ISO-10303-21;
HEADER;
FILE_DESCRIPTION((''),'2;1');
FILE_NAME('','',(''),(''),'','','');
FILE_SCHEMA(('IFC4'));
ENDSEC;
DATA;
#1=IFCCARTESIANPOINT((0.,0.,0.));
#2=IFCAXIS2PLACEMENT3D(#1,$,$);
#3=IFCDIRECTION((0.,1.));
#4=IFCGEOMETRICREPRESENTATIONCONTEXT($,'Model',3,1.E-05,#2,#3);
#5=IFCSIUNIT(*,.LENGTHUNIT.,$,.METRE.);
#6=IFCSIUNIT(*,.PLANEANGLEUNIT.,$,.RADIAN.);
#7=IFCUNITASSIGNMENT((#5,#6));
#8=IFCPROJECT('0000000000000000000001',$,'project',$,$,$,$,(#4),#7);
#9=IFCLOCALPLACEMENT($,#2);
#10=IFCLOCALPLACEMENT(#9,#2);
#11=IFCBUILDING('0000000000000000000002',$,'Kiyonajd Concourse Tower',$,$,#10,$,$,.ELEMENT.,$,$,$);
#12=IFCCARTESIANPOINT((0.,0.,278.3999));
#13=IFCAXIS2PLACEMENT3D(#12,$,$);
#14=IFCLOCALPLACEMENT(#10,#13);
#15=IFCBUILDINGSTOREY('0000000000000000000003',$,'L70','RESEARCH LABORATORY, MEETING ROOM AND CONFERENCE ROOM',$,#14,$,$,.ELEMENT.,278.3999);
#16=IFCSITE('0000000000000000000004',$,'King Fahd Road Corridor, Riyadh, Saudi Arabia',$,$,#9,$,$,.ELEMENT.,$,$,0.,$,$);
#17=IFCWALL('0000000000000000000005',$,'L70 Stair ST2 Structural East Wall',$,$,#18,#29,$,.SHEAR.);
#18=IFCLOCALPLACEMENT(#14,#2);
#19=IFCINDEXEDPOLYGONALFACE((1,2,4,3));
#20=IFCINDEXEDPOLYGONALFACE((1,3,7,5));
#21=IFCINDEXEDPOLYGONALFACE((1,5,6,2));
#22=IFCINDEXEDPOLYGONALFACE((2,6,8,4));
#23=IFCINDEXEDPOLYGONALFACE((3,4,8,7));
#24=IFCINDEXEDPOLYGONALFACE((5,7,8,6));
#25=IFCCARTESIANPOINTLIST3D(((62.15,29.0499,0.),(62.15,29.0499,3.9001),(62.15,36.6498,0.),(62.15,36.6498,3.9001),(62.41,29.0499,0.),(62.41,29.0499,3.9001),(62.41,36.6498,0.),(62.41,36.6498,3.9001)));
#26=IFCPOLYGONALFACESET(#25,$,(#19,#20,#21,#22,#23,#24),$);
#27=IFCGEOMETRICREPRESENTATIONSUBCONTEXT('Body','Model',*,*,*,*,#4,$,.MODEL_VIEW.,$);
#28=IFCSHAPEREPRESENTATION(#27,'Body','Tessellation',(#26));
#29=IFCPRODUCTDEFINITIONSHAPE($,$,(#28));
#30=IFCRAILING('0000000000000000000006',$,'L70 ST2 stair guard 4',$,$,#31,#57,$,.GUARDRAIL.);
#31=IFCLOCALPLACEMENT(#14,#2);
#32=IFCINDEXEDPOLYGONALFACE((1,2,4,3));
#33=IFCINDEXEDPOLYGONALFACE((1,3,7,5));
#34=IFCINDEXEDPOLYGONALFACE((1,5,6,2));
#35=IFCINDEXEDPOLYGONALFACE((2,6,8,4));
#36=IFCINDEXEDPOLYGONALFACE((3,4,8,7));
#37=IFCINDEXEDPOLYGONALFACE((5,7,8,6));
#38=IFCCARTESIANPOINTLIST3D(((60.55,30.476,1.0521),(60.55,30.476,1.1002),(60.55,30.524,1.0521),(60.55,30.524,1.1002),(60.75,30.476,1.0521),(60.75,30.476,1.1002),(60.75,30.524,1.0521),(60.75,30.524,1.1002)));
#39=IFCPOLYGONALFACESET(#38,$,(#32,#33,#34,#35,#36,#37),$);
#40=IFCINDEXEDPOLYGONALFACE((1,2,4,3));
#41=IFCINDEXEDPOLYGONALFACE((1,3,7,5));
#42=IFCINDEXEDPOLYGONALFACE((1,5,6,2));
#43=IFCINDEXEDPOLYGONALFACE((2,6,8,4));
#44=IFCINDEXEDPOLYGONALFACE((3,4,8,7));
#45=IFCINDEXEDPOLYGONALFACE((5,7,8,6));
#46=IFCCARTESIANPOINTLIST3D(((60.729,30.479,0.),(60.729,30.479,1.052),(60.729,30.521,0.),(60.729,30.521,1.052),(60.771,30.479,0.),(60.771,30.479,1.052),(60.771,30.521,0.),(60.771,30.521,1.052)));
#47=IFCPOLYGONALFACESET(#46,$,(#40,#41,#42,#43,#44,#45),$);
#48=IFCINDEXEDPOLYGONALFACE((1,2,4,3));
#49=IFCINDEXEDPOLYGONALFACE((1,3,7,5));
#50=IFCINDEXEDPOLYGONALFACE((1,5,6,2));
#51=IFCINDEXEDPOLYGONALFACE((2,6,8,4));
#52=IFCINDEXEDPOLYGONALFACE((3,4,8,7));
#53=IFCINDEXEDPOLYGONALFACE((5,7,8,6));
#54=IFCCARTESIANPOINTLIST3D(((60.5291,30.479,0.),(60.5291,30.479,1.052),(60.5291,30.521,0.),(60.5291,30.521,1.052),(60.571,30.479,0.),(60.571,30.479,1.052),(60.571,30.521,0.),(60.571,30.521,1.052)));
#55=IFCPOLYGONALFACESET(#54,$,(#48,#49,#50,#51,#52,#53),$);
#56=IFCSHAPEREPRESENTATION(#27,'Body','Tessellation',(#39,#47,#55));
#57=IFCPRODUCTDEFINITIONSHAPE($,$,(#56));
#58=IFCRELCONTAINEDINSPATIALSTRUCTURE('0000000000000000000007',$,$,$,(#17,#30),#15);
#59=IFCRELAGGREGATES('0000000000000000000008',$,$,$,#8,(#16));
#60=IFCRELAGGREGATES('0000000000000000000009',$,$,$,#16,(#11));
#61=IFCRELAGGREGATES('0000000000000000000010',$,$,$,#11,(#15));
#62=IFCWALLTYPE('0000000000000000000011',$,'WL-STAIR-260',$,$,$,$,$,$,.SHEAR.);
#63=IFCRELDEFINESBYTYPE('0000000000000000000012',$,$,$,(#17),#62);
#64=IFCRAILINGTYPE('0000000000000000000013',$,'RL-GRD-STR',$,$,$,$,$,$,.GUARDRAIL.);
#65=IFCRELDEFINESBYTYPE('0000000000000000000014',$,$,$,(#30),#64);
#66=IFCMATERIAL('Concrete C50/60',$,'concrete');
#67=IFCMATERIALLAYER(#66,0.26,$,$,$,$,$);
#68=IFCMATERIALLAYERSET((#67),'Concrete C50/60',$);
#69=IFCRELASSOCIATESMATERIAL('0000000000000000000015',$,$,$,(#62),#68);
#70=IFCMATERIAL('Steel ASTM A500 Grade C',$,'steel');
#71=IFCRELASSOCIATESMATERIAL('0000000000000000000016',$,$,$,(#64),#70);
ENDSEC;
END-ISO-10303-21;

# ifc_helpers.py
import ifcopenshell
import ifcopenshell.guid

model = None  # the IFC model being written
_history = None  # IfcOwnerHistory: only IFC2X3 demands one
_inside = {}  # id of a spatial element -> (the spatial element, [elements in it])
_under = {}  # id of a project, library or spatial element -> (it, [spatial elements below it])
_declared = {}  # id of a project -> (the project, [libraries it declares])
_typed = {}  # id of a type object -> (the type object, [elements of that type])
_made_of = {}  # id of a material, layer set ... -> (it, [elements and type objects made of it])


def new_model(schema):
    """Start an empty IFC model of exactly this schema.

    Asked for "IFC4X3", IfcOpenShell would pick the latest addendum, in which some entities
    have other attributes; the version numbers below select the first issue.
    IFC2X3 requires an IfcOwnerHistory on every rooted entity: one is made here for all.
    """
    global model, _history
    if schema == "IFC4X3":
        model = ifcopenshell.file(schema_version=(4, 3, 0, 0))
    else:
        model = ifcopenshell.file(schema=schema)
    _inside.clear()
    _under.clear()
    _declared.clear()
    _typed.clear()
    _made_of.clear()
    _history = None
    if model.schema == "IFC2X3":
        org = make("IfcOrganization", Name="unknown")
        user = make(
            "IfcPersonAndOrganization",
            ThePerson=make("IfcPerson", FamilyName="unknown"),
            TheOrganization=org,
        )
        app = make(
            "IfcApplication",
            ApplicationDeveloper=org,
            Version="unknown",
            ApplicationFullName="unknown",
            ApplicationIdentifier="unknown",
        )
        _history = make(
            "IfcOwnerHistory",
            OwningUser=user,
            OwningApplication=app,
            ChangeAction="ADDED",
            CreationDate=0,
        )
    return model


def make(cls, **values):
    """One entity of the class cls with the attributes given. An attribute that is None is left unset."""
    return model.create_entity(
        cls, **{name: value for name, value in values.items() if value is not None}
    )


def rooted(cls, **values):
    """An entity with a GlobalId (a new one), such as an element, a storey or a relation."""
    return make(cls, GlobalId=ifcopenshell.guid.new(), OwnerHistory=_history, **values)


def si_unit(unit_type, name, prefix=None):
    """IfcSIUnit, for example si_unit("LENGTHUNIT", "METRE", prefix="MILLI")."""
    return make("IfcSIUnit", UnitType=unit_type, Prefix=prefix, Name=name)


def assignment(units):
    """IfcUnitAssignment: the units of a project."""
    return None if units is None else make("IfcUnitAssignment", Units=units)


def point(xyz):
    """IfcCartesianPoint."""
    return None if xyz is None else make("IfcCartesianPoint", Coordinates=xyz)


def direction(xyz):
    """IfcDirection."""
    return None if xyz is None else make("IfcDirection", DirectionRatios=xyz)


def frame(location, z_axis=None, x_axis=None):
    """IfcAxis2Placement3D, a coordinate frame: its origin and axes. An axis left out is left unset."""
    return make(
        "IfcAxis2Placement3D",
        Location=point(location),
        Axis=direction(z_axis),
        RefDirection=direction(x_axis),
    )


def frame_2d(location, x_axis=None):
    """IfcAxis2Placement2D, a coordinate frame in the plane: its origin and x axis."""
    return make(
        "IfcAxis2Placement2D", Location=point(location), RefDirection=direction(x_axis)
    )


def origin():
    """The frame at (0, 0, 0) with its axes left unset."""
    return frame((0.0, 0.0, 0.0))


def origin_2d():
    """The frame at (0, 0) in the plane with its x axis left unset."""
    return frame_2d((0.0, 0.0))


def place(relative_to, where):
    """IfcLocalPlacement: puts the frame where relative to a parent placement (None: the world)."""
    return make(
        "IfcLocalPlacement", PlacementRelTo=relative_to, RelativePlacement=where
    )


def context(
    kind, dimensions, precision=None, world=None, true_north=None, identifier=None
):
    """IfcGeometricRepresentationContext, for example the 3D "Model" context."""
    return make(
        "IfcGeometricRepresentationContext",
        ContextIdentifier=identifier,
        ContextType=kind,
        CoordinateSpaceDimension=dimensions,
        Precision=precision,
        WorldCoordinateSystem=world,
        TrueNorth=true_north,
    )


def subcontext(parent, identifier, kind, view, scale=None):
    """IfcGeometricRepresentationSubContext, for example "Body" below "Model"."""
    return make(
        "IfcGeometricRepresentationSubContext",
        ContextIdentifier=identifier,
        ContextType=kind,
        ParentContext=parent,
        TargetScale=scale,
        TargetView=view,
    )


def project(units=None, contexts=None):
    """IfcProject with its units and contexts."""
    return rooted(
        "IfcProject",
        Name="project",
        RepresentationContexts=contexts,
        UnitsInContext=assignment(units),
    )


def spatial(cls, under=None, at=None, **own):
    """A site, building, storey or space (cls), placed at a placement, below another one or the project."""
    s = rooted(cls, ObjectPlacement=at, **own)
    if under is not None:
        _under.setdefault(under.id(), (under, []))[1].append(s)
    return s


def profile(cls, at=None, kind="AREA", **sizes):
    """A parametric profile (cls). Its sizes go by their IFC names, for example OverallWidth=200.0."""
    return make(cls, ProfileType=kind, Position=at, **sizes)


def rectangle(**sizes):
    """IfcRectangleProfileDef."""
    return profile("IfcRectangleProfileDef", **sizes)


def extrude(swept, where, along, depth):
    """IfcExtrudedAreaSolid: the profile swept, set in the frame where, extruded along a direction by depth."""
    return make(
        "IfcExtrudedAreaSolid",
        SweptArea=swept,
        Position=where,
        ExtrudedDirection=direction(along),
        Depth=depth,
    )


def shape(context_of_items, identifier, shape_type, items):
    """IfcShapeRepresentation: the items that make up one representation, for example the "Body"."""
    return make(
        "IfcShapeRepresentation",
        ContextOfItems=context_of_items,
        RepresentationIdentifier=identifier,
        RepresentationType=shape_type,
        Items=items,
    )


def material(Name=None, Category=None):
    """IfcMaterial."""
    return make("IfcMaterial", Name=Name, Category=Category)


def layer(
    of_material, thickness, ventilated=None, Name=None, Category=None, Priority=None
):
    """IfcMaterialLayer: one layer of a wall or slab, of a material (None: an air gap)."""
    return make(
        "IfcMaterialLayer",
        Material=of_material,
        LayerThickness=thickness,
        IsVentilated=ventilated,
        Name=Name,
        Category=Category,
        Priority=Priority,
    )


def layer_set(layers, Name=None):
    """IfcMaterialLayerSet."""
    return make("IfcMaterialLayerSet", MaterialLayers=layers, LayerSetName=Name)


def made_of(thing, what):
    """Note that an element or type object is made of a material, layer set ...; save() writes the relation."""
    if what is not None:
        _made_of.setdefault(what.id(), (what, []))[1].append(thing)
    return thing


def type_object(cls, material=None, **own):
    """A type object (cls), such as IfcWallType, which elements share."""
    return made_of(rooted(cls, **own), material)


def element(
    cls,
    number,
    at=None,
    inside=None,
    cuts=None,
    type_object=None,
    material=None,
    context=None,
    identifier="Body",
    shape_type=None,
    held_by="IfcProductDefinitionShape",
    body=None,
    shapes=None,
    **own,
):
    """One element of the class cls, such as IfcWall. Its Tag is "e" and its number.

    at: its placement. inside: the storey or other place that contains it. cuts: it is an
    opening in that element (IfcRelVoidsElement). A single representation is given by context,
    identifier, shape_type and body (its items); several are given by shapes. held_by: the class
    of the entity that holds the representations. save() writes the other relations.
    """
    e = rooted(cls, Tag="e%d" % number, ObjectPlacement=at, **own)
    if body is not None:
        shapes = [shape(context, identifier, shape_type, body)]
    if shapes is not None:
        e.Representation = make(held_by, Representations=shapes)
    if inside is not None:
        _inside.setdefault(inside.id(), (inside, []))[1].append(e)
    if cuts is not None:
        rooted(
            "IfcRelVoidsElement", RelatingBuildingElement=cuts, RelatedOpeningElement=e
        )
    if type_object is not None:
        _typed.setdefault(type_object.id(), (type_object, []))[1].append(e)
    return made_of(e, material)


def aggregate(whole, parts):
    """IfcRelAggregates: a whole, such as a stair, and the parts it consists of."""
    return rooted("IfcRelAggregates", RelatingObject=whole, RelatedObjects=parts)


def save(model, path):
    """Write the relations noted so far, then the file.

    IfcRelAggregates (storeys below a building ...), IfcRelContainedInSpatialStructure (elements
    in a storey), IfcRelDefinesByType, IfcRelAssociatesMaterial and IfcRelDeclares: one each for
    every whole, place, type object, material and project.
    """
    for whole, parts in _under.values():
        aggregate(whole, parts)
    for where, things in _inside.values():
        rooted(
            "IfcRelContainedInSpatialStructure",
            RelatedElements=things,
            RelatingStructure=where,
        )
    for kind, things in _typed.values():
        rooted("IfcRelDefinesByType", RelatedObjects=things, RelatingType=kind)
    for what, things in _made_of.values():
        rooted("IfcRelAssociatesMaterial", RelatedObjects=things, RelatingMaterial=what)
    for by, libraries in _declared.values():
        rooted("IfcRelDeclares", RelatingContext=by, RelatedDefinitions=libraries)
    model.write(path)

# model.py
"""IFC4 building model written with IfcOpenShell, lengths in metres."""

from ifc_helpers import new_model, si_unit, direction, frame, frame_2d, origin, origin_2d, place, context, subcontext, project, spatial, rectangle, extrude, material, layer, layer_set, type_object, element, save


model = new_model("IFC4")

# Units and contexts
model_context = context("Model", 3, precision=1e-05, world=origin(), true_north=direction((0.0, 1.0)))
body_context = subcontext(model_context, "Body", "Model", "MODEL_VIEW")
ifc_project = project(units=[si_unit("LENGTHUNIT", "METRE"), si_unit("PLANEANGLEUNIT", "RADIAN")], contexts=[model_context])

# Site, building, storey
site_placement = place(None, origin())
site = spatial("IfcSite", under=ifc_project, at=site_placement, Name="King Fahd Road Corridor, Riyadh, Saudi Arabia", CompositionType="ELEMENT", RefElevation=0.0)
building_placement = place(site_placement, origin())
building = spatial("IfcBuilding", under=site, at=building_placement, Name="Kiyonajd Concourse Tower", CompositionType="ELEMENT")
storey_placement = place(building_placement, frame((0.0, 0.0, 278.3999)))
storey = spatial("IfcBuildingStorey", under=building, at=storey_placement, Name="L70", Description="RESEARCH LABORATORY, MEETING ROOM AND CONFERENCE ROOM", CompositionType="ELEMENT", Elevation=278.3999)

# Shared definitions
ifc_material_1 = material(Name="Concrete C50/60", Category="concrete")
ifc_layer_1 = layer(ifc_material_1, 0.26)
ifc_layer_set_1 = layer_set([ifc_layer_1], Name="Concrete C50/60")
wall_type_1 = type_object("IfcWallType", Name="WL-STAIR-260", PredefinedType="SHEAR", material=ifc_layer_set_1)

# Wall
wall_1_placement = place(storey_placement, frame((62.28, 29.05, 0.0), z_axis=(0.0, 0.0, 1.0), x_axis=(0.0, 1.0, 0.0)))
element("IfcWall", 1, at=wall_1_placement, inside=storey, type_object=wall_type_1, Name="L70 Stair ST2 Structural East Wall", PredefinedType="SHEAR", context=body_context, shape_type="SweptSolid", body=[
    extrude(rectangle(XDim=7.5999, YDim=0.26, at=frame_2d((3.7998, 0.0))), origin(), (0.0, 0.0, 1.0), 3.9001),
])

# Railing
ifc_material_2 = material(Name="Steel ASTM A500 Grade C", Category="steel")
railing_type = type_object("IfcRailingType", Name="RL-GRD-STR", PredefinedType="GUARDRAIL", material=ifc_material_2)
railing_placement = place(storey_placement, frame((60.75, 30.5, 0.0)))
element("IfcRailing", 2, at=railing_placement, inside=storey, type_object=railing_type, Name="L70 ST2 stair guard 4", PredefinedType="GUARDRAIL", context=body_context, shape_type="SweptSolid", body=[
    extrude(rectangle(XDim=0.0481, YDim=0.0481, at=origin_2d()), frame((0.0, 0.0, 1.0762), z_axis=(-1.0, 0.0, 0.0), x_axis=(0.0, -1.0, 0.0)), (0.0, 0.0, 1.0), 0.2),
    extrude(rectangle(XDim=0.042, YDim=0.042, at=origin_2d()), origin(), (0.0, 0.0, 1.0), 1.052),
    extrude(rectangle(XDim=0.042, YDim=0.042, at=origin_2d()), frame((-0.2, 0.0, 0.0)), (0.0, 0.0, 1.0), 1.052),
])

save(model, "model.ifc")
